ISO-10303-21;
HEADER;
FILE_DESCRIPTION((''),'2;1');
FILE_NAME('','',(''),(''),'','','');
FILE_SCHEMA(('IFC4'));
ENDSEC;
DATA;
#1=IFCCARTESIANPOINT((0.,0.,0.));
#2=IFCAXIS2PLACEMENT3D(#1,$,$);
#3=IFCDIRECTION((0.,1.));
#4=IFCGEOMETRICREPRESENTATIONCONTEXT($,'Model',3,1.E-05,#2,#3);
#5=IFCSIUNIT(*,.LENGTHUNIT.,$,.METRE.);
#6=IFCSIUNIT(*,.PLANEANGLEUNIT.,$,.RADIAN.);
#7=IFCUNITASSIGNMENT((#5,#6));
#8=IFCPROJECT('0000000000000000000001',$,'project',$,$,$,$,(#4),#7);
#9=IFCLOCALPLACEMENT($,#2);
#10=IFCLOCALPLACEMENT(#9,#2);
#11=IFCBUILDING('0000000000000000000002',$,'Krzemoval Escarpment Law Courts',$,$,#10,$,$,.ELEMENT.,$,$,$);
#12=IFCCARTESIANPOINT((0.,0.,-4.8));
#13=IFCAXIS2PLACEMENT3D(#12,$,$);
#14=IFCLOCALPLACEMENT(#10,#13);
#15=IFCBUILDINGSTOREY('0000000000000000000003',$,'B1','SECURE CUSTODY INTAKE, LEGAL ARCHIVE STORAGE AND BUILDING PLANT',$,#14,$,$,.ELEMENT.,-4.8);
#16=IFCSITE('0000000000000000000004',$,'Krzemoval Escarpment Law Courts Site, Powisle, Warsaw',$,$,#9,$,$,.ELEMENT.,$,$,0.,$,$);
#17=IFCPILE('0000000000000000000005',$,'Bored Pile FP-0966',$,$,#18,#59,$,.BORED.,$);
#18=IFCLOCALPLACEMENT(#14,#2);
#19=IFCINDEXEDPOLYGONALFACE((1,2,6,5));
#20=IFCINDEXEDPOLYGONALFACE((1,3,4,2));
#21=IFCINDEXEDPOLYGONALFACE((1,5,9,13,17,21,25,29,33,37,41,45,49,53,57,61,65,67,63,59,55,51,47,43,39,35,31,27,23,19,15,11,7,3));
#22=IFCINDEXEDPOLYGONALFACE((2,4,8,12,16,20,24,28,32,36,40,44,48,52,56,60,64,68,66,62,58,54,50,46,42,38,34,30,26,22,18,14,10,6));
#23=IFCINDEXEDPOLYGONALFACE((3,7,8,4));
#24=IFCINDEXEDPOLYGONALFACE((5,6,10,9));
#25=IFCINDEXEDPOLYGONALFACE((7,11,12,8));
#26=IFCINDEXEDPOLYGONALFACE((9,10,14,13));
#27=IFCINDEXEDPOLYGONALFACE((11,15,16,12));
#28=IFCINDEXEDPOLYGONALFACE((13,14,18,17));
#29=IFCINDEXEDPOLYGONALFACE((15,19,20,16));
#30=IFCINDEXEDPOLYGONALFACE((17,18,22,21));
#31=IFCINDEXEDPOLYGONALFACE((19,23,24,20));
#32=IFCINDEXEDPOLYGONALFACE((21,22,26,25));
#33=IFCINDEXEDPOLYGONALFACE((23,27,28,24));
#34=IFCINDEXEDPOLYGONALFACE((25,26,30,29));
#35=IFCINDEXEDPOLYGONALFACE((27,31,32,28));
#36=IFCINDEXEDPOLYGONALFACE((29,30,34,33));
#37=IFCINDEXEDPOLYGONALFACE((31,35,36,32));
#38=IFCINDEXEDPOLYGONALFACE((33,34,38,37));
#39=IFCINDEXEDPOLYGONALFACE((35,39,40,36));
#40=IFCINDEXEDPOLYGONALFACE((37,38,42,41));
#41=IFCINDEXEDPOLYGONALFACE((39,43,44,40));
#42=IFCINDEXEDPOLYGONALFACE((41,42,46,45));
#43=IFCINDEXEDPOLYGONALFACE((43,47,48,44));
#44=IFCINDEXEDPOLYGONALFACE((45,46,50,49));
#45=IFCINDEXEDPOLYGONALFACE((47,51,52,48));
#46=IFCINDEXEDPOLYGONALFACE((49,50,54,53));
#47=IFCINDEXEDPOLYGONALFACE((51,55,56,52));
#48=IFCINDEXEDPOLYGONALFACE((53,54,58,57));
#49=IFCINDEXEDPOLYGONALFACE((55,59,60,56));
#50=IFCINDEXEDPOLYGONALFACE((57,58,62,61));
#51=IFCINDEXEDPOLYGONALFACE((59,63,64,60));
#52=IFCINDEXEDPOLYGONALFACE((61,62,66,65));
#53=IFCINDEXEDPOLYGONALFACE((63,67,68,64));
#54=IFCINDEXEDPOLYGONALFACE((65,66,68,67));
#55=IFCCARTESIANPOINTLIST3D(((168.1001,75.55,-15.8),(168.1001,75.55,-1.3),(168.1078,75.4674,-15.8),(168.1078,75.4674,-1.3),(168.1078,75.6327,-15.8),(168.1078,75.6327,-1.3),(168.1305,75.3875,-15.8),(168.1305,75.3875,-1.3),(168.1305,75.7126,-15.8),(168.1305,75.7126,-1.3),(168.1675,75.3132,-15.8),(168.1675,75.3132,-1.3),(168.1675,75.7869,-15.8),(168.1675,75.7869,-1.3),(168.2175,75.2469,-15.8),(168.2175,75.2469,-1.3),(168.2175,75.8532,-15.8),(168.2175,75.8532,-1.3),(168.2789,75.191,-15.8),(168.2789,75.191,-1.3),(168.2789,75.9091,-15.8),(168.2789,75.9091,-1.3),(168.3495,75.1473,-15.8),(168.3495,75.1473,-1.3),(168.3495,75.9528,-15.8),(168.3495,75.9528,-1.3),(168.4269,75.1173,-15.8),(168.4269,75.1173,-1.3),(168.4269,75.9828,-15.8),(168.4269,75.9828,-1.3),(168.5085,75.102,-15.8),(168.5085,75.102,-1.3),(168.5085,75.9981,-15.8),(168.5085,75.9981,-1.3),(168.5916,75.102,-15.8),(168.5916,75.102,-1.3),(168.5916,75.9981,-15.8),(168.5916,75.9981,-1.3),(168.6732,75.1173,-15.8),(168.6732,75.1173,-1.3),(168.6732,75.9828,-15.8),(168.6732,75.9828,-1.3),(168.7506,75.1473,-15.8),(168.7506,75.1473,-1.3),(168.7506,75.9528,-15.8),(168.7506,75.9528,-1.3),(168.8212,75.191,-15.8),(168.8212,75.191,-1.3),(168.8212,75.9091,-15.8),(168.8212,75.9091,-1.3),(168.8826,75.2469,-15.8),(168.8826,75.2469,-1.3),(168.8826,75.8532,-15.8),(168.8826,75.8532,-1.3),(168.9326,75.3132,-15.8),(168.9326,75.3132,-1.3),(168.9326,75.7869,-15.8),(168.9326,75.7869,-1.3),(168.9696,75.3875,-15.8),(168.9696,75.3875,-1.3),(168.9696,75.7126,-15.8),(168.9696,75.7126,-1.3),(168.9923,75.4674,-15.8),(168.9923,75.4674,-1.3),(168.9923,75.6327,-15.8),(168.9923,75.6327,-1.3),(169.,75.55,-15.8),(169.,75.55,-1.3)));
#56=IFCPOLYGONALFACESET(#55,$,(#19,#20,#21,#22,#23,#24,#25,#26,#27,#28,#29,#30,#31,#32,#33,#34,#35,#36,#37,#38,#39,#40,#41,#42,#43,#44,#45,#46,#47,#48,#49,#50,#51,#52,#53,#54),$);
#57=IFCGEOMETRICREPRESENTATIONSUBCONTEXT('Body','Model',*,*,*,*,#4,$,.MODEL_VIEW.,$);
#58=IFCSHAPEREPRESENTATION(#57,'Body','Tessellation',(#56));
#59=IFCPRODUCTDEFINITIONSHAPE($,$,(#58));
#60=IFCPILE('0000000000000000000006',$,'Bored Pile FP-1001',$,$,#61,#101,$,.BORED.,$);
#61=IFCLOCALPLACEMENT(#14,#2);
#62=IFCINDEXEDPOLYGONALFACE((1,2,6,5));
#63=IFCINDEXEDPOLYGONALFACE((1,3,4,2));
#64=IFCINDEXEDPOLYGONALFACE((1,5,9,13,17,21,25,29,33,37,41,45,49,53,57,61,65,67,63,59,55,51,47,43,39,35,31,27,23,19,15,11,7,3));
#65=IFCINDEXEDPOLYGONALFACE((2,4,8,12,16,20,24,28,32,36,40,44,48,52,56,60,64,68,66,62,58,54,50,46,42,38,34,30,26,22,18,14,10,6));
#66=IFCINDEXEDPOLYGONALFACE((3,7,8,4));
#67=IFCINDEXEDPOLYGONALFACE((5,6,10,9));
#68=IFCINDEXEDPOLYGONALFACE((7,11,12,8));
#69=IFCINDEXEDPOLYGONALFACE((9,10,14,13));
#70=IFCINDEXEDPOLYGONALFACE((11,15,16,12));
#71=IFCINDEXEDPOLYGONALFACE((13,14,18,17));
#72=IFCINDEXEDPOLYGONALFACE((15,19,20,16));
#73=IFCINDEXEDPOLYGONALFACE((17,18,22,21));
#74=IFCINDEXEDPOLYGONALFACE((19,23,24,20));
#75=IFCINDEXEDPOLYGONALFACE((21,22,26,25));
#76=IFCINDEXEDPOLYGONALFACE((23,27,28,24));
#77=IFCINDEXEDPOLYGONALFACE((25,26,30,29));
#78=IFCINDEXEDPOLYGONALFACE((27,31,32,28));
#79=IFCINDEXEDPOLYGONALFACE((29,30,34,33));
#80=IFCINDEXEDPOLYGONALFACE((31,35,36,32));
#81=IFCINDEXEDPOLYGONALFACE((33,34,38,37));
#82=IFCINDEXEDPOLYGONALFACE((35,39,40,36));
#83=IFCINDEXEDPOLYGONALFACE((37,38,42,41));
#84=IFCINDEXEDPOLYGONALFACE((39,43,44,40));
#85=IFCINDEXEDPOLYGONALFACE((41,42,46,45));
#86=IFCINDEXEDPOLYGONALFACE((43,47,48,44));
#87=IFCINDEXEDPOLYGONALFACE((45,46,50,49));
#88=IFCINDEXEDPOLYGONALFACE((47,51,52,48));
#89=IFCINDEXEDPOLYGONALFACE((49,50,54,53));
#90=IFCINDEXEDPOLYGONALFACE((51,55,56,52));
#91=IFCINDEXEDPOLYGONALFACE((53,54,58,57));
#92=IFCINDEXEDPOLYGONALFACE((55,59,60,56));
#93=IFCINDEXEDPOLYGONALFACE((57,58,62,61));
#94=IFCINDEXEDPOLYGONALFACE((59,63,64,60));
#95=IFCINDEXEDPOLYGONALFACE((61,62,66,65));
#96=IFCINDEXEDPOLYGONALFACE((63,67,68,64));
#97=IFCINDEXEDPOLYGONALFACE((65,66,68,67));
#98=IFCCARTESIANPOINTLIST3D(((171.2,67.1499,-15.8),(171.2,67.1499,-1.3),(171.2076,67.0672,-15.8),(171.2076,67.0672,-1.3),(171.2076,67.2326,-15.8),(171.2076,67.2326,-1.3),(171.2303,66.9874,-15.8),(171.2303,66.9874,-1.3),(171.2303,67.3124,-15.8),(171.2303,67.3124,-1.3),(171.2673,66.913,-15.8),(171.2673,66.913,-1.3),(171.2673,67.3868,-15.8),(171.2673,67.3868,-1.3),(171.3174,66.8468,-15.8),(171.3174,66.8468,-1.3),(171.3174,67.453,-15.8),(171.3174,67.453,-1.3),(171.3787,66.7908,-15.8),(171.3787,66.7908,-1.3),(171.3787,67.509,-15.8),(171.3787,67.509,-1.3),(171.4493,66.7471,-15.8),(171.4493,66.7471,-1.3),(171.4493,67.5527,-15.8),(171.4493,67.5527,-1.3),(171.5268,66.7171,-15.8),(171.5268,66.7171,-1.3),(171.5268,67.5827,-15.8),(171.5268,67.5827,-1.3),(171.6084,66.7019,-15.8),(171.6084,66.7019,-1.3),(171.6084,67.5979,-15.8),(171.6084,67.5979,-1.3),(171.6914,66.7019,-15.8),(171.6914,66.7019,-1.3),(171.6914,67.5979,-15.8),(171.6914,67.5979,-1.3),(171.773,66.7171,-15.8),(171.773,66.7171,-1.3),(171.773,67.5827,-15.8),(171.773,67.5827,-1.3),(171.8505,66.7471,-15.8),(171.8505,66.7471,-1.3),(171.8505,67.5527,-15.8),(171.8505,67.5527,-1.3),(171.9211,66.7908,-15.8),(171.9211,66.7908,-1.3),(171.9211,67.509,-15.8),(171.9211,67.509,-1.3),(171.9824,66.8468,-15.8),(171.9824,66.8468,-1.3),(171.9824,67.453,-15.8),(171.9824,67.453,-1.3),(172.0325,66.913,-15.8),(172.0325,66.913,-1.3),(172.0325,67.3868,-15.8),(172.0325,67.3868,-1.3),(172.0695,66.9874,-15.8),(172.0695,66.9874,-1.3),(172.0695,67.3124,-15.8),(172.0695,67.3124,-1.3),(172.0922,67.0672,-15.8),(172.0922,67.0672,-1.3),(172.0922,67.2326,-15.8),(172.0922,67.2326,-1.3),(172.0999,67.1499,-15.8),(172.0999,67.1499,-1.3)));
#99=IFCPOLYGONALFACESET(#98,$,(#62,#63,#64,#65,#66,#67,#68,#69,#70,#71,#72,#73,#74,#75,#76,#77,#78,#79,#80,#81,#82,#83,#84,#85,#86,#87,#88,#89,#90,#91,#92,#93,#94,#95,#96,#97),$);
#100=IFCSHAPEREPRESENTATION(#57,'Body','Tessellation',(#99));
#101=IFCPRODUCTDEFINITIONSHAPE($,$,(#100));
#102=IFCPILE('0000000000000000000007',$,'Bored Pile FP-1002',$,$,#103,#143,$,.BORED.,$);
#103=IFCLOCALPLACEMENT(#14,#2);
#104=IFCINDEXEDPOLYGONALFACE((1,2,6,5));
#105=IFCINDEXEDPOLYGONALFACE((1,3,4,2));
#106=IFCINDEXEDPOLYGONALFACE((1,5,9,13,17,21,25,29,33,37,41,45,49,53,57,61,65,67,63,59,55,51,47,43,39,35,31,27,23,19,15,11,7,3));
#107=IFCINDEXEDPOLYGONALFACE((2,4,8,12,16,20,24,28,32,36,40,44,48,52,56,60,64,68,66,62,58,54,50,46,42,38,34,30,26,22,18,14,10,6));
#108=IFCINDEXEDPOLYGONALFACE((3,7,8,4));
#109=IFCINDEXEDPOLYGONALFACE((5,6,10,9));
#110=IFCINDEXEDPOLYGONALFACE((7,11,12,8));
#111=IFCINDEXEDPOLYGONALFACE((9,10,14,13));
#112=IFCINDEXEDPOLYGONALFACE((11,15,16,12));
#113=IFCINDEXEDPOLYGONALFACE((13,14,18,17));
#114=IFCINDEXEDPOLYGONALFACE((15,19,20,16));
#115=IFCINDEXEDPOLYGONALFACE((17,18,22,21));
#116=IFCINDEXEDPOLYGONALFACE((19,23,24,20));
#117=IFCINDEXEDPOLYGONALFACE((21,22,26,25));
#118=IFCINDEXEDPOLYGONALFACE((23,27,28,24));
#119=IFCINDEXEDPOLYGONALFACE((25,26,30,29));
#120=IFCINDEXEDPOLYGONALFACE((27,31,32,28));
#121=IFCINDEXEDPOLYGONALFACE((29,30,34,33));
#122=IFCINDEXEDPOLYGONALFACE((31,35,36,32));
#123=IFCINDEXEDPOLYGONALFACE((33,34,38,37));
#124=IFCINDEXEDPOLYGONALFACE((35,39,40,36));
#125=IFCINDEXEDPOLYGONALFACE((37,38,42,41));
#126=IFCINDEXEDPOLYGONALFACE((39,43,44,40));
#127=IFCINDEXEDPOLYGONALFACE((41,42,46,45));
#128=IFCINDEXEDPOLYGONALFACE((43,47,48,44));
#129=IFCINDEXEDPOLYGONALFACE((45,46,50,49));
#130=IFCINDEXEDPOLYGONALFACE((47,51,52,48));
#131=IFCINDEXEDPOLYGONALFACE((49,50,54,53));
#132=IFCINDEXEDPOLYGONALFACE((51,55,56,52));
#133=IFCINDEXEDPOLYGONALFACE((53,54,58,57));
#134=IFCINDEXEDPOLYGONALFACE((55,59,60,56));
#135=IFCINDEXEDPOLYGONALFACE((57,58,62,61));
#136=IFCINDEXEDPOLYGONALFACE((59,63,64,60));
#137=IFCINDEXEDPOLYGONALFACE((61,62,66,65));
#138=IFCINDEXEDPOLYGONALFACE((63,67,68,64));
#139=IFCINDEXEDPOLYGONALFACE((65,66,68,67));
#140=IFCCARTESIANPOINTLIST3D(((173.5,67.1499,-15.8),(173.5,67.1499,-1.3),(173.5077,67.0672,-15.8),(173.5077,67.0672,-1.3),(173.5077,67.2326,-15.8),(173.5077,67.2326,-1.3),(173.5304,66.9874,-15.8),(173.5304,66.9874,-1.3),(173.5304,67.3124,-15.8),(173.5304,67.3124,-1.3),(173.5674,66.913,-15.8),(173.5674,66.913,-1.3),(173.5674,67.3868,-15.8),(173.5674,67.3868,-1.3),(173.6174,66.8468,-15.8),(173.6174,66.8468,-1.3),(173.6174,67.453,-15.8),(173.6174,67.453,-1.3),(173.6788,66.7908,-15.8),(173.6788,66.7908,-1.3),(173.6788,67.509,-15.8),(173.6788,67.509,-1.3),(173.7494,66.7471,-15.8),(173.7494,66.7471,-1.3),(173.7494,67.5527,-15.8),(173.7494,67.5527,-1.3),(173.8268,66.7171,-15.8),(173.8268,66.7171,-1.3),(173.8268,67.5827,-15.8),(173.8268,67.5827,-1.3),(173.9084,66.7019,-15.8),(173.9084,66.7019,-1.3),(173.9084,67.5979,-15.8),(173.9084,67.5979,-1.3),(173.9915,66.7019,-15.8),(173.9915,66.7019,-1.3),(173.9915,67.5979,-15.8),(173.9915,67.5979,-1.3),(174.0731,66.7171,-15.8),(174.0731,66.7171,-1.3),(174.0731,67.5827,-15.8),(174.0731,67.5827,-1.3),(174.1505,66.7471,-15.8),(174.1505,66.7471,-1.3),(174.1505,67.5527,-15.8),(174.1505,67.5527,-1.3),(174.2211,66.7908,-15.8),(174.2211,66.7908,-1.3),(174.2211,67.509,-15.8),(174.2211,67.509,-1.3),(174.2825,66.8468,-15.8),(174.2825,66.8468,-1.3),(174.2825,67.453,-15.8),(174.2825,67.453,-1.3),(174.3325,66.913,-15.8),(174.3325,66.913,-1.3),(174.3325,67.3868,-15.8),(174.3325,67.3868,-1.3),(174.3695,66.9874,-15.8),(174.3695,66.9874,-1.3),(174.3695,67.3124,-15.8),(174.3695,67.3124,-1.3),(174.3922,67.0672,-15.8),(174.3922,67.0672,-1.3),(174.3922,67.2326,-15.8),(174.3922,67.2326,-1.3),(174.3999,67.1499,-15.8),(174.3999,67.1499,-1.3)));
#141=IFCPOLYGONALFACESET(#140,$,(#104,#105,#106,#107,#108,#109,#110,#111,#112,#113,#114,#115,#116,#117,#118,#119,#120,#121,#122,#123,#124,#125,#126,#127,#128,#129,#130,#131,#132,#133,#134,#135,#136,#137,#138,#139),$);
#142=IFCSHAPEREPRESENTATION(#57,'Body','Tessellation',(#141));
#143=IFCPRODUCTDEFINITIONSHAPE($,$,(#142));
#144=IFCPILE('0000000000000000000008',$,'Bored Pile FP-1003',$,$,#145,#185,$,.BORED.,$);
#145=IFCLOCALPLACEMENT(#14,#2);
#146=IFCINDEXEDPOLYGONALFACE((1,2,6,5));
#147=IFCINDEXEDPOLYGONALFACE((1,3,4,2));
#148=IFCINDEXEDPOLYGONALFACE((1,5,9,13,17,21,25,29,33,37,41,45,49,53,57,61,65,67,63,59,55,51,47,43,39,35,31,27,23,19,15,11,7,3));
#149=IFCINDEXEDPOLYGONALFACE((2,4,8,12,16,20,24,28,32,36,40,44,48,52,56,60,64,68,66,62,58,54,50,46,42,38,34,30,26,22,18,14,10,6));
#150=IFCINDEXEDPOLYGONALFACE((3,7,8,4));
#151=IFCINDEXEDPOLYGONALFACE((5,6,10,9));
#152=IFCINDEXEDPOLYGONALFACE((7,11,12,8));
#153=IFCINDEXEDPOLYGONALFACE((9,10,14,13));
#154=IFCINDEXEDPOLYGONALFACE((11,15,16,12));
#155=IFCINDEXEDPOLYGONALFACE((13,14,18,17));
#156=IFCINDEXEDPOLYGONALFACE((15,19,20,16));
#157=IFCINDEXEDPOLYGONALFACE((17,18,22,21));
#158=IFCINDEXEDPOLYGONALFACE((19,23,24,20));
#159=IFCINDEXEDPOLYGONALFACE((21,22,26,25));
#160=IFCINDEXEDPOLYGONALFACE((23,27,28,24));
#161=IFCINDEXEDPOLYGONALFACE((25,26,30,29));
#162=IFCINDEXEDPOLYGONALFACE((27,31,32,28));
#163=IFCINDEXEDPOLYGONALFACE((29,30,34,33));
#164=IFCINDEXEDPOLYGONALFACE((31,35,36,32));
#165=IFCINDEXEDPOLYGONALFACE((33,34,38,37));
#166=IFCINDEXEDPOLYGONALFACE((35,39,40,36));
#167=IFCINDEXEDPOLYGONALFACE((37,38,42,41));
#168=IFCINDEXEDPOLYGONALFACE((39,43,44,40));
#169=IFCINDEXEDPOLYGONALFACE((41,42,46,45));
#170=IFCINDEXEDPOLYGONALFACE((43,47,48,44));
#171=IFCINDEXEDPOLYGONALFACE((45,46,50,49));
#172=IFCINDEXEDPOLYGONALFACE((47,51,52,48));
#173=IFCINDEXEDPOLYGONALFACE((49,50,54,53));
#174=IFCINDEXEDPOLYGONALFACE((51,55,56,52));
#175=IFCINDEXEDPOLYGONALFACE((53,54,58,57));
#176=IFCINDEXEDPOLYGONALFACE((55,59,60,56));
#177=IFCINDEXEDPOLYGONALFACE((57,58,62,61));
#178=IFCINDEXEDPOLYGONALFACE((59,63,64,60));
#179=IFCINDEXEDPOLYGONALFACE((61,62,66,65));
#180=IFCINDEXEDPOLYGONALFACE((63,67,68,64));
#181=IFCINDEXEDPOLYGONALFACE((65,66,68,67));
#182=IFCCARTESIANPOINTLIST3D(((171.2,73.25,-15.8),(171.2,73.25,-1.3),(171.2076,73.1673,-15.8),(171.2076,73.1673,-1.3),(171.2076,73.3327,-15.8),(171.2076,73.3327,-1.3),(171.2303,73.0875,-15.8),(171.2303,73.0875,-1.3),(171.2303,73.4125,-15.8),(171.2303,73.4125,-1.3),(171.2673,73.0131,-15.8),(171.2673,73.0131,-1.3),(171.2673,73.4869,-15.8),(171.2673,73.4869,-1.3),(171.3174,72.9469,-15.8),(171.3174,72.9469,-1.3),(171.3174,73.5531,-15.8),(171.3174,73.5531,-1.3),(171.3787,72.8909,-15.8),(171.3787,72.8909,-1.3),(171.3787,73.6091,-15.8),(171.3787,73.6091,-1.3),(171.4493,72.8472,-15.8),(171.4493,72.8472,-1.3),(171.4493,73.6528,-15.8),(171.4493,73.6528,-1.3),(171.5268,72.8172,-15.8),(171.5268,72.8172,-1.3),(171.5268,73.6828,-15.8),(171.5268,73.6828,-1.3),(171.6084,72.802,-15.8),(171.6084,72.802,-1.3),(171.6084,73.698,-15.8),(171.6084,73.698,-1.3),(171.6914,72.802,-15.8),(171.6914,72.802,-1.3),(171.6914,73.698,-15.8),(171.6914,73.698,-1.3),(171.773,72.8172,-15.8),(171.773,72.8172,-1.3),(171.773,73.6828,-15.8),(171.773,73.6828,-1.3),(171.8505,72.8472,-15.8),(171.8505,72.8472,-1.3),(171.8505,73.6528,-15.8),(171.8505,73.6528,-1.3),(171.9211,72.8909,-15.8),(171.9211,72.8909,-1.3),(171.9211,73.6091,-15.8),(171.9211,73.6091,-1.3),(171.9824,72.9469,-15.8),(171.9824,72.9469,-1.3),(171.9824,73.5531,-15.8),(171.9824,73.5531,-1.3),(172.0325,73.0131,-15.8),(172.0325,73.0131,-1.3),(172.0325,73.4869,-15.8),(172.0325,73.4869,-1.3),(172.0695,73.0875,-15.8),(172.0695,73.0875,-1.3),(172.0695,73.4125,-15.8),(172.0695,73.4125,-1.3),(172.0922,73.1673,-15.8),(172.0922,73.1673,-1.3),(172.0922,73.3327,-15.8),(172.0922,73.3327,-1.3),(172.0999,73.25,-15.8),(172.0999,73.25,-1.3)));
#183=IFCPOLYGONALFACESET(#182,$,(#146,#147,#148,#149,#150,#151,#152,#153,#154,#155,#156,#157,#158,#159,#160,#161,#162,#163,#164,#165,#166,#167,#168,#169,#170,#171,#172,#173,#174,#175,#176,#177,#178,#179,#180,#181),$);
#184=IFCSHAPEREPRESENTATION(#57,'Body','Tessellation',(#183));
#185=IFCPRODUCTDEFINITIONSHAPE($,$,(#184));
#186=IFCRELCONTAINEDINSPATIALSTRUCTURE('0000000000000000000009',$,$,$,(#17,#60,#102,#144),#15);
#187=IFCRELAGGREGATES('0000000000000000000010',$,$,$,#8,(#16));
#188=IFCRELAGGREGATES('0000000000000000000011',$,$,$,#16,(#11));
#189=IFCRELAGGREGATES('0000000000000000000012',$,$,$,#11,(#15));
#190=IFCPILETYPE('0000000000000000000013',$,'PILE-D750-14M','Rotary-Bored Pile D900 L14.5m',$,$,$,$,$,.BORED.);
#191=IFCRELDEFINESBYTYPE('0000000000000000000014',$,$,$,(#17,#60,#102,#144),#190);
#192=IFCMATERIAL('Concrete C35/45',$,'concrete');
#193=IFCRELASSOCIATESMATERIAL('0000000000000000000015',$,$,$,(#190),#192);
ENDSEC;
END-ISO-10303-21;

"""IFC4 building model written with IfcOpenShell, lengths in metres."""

from ifc_helpers import new_model, si_unit, direction, frame, origin, origin_2d, place, context, subcontext, project, spatial, circle, extrude, material, material_profile, profile_set, type_object, element, save


model = new_model("IFC4")

# Units and contexts
model_context = context("Model", 3, precision=1e-05, world=origin(), true_north=direction((0.0, 1.0)))
body_context = subcontext(model_context, "Body", "Model", "MODEL_VIEW")
ifc_project = project(units=[si_unit("LENGTHUNIT", "METRE"), si_unit("PLANEANGLEUNIT", "RADIAN")], contexts=[model_context])

# Site, building, storey
site_placement = place(None, origin())
site = spatial("IfcSite", under=ifc_project, at=site_placement, Name="Krzemoval Escarpment Law Courts Site, Powisle, Warsaw", CompositionType="ELEMENT", RefElevation=0.0)
building_placement = place(site_placement, origin())
building = spatial("IfcBuilding", under=site, at=building_placement, Name="Krzemoval Escarpment Law Courts", CompositionType="ELEMENT")
storey_placement = place(building_placement, frame((0.0, 0.0, -4.8)))
storey = spatial("IfcBuildingStorey", under=building, at=storey_placement, Name="B1", Description="SECURE CUSTODY INTAKE, LEGAL ARCHIVE STORAGE AND BUILDING PLANT", CompositionType="ELEMENT", Elevation=-4.8)

# Piles
ifc_material_1 = material(Name="Concrete C35/45", Category="concrete")
ifc_material_profile_1 = material_profile(ifc_material_1, circle(Radius=0.45, at=origin_2d()), Name="PILE D900")
ifc_profile_set_1 = profile_set([ifc_material_profile_1], Name="Concrete C35/45")
pile_type = type_object("IfcPileType", Name="PILE-D750-14M", Description="Rotary-Bored Pile D900 L14.5m", PredefinedType="BORED", material=ifc_profile_set_1)
for number, where, z_axis, x_axis, name in (
    (1, (168.55, 75.55, -1.3), (0.0, 0.0, -1.0), (1.0, 0.0, 0.0), "Bored Pile FP-0966"),
    (2, (171.6499, 67.1499, -1.3), (0.0, 0.0, -1.0), (1.0, 0.0, 0.0), "Bored Pile FP-1001"),
    (3, (173.95, 67.1499, -1.3), (0.0, 0.0, -1.0), (1.0, 0.0, 0.0), "Bored Pile FP-1002"),
    (4, (171.6499, 73.25, -1.3), (0.0, 0.0, -1.0), (1.0, 0.0, 0.0), "Bored Pile FP-1003"),
):
    element("IfcPile", number, at=place(storey_placement, frame(where, z_axis=z_axis, x_axis=x_axis)), inside=storey, type_object=pile_type, Name=name, PredefinedType="BORED", context=body_context, shape_type="SweptSolid", body=[
        extrude(circle(Radius=0.45, at=origin_2d()), origin(), (0.0, 0.0, 1.0), 14.5),
    ])

save(model, "model.ifc")
